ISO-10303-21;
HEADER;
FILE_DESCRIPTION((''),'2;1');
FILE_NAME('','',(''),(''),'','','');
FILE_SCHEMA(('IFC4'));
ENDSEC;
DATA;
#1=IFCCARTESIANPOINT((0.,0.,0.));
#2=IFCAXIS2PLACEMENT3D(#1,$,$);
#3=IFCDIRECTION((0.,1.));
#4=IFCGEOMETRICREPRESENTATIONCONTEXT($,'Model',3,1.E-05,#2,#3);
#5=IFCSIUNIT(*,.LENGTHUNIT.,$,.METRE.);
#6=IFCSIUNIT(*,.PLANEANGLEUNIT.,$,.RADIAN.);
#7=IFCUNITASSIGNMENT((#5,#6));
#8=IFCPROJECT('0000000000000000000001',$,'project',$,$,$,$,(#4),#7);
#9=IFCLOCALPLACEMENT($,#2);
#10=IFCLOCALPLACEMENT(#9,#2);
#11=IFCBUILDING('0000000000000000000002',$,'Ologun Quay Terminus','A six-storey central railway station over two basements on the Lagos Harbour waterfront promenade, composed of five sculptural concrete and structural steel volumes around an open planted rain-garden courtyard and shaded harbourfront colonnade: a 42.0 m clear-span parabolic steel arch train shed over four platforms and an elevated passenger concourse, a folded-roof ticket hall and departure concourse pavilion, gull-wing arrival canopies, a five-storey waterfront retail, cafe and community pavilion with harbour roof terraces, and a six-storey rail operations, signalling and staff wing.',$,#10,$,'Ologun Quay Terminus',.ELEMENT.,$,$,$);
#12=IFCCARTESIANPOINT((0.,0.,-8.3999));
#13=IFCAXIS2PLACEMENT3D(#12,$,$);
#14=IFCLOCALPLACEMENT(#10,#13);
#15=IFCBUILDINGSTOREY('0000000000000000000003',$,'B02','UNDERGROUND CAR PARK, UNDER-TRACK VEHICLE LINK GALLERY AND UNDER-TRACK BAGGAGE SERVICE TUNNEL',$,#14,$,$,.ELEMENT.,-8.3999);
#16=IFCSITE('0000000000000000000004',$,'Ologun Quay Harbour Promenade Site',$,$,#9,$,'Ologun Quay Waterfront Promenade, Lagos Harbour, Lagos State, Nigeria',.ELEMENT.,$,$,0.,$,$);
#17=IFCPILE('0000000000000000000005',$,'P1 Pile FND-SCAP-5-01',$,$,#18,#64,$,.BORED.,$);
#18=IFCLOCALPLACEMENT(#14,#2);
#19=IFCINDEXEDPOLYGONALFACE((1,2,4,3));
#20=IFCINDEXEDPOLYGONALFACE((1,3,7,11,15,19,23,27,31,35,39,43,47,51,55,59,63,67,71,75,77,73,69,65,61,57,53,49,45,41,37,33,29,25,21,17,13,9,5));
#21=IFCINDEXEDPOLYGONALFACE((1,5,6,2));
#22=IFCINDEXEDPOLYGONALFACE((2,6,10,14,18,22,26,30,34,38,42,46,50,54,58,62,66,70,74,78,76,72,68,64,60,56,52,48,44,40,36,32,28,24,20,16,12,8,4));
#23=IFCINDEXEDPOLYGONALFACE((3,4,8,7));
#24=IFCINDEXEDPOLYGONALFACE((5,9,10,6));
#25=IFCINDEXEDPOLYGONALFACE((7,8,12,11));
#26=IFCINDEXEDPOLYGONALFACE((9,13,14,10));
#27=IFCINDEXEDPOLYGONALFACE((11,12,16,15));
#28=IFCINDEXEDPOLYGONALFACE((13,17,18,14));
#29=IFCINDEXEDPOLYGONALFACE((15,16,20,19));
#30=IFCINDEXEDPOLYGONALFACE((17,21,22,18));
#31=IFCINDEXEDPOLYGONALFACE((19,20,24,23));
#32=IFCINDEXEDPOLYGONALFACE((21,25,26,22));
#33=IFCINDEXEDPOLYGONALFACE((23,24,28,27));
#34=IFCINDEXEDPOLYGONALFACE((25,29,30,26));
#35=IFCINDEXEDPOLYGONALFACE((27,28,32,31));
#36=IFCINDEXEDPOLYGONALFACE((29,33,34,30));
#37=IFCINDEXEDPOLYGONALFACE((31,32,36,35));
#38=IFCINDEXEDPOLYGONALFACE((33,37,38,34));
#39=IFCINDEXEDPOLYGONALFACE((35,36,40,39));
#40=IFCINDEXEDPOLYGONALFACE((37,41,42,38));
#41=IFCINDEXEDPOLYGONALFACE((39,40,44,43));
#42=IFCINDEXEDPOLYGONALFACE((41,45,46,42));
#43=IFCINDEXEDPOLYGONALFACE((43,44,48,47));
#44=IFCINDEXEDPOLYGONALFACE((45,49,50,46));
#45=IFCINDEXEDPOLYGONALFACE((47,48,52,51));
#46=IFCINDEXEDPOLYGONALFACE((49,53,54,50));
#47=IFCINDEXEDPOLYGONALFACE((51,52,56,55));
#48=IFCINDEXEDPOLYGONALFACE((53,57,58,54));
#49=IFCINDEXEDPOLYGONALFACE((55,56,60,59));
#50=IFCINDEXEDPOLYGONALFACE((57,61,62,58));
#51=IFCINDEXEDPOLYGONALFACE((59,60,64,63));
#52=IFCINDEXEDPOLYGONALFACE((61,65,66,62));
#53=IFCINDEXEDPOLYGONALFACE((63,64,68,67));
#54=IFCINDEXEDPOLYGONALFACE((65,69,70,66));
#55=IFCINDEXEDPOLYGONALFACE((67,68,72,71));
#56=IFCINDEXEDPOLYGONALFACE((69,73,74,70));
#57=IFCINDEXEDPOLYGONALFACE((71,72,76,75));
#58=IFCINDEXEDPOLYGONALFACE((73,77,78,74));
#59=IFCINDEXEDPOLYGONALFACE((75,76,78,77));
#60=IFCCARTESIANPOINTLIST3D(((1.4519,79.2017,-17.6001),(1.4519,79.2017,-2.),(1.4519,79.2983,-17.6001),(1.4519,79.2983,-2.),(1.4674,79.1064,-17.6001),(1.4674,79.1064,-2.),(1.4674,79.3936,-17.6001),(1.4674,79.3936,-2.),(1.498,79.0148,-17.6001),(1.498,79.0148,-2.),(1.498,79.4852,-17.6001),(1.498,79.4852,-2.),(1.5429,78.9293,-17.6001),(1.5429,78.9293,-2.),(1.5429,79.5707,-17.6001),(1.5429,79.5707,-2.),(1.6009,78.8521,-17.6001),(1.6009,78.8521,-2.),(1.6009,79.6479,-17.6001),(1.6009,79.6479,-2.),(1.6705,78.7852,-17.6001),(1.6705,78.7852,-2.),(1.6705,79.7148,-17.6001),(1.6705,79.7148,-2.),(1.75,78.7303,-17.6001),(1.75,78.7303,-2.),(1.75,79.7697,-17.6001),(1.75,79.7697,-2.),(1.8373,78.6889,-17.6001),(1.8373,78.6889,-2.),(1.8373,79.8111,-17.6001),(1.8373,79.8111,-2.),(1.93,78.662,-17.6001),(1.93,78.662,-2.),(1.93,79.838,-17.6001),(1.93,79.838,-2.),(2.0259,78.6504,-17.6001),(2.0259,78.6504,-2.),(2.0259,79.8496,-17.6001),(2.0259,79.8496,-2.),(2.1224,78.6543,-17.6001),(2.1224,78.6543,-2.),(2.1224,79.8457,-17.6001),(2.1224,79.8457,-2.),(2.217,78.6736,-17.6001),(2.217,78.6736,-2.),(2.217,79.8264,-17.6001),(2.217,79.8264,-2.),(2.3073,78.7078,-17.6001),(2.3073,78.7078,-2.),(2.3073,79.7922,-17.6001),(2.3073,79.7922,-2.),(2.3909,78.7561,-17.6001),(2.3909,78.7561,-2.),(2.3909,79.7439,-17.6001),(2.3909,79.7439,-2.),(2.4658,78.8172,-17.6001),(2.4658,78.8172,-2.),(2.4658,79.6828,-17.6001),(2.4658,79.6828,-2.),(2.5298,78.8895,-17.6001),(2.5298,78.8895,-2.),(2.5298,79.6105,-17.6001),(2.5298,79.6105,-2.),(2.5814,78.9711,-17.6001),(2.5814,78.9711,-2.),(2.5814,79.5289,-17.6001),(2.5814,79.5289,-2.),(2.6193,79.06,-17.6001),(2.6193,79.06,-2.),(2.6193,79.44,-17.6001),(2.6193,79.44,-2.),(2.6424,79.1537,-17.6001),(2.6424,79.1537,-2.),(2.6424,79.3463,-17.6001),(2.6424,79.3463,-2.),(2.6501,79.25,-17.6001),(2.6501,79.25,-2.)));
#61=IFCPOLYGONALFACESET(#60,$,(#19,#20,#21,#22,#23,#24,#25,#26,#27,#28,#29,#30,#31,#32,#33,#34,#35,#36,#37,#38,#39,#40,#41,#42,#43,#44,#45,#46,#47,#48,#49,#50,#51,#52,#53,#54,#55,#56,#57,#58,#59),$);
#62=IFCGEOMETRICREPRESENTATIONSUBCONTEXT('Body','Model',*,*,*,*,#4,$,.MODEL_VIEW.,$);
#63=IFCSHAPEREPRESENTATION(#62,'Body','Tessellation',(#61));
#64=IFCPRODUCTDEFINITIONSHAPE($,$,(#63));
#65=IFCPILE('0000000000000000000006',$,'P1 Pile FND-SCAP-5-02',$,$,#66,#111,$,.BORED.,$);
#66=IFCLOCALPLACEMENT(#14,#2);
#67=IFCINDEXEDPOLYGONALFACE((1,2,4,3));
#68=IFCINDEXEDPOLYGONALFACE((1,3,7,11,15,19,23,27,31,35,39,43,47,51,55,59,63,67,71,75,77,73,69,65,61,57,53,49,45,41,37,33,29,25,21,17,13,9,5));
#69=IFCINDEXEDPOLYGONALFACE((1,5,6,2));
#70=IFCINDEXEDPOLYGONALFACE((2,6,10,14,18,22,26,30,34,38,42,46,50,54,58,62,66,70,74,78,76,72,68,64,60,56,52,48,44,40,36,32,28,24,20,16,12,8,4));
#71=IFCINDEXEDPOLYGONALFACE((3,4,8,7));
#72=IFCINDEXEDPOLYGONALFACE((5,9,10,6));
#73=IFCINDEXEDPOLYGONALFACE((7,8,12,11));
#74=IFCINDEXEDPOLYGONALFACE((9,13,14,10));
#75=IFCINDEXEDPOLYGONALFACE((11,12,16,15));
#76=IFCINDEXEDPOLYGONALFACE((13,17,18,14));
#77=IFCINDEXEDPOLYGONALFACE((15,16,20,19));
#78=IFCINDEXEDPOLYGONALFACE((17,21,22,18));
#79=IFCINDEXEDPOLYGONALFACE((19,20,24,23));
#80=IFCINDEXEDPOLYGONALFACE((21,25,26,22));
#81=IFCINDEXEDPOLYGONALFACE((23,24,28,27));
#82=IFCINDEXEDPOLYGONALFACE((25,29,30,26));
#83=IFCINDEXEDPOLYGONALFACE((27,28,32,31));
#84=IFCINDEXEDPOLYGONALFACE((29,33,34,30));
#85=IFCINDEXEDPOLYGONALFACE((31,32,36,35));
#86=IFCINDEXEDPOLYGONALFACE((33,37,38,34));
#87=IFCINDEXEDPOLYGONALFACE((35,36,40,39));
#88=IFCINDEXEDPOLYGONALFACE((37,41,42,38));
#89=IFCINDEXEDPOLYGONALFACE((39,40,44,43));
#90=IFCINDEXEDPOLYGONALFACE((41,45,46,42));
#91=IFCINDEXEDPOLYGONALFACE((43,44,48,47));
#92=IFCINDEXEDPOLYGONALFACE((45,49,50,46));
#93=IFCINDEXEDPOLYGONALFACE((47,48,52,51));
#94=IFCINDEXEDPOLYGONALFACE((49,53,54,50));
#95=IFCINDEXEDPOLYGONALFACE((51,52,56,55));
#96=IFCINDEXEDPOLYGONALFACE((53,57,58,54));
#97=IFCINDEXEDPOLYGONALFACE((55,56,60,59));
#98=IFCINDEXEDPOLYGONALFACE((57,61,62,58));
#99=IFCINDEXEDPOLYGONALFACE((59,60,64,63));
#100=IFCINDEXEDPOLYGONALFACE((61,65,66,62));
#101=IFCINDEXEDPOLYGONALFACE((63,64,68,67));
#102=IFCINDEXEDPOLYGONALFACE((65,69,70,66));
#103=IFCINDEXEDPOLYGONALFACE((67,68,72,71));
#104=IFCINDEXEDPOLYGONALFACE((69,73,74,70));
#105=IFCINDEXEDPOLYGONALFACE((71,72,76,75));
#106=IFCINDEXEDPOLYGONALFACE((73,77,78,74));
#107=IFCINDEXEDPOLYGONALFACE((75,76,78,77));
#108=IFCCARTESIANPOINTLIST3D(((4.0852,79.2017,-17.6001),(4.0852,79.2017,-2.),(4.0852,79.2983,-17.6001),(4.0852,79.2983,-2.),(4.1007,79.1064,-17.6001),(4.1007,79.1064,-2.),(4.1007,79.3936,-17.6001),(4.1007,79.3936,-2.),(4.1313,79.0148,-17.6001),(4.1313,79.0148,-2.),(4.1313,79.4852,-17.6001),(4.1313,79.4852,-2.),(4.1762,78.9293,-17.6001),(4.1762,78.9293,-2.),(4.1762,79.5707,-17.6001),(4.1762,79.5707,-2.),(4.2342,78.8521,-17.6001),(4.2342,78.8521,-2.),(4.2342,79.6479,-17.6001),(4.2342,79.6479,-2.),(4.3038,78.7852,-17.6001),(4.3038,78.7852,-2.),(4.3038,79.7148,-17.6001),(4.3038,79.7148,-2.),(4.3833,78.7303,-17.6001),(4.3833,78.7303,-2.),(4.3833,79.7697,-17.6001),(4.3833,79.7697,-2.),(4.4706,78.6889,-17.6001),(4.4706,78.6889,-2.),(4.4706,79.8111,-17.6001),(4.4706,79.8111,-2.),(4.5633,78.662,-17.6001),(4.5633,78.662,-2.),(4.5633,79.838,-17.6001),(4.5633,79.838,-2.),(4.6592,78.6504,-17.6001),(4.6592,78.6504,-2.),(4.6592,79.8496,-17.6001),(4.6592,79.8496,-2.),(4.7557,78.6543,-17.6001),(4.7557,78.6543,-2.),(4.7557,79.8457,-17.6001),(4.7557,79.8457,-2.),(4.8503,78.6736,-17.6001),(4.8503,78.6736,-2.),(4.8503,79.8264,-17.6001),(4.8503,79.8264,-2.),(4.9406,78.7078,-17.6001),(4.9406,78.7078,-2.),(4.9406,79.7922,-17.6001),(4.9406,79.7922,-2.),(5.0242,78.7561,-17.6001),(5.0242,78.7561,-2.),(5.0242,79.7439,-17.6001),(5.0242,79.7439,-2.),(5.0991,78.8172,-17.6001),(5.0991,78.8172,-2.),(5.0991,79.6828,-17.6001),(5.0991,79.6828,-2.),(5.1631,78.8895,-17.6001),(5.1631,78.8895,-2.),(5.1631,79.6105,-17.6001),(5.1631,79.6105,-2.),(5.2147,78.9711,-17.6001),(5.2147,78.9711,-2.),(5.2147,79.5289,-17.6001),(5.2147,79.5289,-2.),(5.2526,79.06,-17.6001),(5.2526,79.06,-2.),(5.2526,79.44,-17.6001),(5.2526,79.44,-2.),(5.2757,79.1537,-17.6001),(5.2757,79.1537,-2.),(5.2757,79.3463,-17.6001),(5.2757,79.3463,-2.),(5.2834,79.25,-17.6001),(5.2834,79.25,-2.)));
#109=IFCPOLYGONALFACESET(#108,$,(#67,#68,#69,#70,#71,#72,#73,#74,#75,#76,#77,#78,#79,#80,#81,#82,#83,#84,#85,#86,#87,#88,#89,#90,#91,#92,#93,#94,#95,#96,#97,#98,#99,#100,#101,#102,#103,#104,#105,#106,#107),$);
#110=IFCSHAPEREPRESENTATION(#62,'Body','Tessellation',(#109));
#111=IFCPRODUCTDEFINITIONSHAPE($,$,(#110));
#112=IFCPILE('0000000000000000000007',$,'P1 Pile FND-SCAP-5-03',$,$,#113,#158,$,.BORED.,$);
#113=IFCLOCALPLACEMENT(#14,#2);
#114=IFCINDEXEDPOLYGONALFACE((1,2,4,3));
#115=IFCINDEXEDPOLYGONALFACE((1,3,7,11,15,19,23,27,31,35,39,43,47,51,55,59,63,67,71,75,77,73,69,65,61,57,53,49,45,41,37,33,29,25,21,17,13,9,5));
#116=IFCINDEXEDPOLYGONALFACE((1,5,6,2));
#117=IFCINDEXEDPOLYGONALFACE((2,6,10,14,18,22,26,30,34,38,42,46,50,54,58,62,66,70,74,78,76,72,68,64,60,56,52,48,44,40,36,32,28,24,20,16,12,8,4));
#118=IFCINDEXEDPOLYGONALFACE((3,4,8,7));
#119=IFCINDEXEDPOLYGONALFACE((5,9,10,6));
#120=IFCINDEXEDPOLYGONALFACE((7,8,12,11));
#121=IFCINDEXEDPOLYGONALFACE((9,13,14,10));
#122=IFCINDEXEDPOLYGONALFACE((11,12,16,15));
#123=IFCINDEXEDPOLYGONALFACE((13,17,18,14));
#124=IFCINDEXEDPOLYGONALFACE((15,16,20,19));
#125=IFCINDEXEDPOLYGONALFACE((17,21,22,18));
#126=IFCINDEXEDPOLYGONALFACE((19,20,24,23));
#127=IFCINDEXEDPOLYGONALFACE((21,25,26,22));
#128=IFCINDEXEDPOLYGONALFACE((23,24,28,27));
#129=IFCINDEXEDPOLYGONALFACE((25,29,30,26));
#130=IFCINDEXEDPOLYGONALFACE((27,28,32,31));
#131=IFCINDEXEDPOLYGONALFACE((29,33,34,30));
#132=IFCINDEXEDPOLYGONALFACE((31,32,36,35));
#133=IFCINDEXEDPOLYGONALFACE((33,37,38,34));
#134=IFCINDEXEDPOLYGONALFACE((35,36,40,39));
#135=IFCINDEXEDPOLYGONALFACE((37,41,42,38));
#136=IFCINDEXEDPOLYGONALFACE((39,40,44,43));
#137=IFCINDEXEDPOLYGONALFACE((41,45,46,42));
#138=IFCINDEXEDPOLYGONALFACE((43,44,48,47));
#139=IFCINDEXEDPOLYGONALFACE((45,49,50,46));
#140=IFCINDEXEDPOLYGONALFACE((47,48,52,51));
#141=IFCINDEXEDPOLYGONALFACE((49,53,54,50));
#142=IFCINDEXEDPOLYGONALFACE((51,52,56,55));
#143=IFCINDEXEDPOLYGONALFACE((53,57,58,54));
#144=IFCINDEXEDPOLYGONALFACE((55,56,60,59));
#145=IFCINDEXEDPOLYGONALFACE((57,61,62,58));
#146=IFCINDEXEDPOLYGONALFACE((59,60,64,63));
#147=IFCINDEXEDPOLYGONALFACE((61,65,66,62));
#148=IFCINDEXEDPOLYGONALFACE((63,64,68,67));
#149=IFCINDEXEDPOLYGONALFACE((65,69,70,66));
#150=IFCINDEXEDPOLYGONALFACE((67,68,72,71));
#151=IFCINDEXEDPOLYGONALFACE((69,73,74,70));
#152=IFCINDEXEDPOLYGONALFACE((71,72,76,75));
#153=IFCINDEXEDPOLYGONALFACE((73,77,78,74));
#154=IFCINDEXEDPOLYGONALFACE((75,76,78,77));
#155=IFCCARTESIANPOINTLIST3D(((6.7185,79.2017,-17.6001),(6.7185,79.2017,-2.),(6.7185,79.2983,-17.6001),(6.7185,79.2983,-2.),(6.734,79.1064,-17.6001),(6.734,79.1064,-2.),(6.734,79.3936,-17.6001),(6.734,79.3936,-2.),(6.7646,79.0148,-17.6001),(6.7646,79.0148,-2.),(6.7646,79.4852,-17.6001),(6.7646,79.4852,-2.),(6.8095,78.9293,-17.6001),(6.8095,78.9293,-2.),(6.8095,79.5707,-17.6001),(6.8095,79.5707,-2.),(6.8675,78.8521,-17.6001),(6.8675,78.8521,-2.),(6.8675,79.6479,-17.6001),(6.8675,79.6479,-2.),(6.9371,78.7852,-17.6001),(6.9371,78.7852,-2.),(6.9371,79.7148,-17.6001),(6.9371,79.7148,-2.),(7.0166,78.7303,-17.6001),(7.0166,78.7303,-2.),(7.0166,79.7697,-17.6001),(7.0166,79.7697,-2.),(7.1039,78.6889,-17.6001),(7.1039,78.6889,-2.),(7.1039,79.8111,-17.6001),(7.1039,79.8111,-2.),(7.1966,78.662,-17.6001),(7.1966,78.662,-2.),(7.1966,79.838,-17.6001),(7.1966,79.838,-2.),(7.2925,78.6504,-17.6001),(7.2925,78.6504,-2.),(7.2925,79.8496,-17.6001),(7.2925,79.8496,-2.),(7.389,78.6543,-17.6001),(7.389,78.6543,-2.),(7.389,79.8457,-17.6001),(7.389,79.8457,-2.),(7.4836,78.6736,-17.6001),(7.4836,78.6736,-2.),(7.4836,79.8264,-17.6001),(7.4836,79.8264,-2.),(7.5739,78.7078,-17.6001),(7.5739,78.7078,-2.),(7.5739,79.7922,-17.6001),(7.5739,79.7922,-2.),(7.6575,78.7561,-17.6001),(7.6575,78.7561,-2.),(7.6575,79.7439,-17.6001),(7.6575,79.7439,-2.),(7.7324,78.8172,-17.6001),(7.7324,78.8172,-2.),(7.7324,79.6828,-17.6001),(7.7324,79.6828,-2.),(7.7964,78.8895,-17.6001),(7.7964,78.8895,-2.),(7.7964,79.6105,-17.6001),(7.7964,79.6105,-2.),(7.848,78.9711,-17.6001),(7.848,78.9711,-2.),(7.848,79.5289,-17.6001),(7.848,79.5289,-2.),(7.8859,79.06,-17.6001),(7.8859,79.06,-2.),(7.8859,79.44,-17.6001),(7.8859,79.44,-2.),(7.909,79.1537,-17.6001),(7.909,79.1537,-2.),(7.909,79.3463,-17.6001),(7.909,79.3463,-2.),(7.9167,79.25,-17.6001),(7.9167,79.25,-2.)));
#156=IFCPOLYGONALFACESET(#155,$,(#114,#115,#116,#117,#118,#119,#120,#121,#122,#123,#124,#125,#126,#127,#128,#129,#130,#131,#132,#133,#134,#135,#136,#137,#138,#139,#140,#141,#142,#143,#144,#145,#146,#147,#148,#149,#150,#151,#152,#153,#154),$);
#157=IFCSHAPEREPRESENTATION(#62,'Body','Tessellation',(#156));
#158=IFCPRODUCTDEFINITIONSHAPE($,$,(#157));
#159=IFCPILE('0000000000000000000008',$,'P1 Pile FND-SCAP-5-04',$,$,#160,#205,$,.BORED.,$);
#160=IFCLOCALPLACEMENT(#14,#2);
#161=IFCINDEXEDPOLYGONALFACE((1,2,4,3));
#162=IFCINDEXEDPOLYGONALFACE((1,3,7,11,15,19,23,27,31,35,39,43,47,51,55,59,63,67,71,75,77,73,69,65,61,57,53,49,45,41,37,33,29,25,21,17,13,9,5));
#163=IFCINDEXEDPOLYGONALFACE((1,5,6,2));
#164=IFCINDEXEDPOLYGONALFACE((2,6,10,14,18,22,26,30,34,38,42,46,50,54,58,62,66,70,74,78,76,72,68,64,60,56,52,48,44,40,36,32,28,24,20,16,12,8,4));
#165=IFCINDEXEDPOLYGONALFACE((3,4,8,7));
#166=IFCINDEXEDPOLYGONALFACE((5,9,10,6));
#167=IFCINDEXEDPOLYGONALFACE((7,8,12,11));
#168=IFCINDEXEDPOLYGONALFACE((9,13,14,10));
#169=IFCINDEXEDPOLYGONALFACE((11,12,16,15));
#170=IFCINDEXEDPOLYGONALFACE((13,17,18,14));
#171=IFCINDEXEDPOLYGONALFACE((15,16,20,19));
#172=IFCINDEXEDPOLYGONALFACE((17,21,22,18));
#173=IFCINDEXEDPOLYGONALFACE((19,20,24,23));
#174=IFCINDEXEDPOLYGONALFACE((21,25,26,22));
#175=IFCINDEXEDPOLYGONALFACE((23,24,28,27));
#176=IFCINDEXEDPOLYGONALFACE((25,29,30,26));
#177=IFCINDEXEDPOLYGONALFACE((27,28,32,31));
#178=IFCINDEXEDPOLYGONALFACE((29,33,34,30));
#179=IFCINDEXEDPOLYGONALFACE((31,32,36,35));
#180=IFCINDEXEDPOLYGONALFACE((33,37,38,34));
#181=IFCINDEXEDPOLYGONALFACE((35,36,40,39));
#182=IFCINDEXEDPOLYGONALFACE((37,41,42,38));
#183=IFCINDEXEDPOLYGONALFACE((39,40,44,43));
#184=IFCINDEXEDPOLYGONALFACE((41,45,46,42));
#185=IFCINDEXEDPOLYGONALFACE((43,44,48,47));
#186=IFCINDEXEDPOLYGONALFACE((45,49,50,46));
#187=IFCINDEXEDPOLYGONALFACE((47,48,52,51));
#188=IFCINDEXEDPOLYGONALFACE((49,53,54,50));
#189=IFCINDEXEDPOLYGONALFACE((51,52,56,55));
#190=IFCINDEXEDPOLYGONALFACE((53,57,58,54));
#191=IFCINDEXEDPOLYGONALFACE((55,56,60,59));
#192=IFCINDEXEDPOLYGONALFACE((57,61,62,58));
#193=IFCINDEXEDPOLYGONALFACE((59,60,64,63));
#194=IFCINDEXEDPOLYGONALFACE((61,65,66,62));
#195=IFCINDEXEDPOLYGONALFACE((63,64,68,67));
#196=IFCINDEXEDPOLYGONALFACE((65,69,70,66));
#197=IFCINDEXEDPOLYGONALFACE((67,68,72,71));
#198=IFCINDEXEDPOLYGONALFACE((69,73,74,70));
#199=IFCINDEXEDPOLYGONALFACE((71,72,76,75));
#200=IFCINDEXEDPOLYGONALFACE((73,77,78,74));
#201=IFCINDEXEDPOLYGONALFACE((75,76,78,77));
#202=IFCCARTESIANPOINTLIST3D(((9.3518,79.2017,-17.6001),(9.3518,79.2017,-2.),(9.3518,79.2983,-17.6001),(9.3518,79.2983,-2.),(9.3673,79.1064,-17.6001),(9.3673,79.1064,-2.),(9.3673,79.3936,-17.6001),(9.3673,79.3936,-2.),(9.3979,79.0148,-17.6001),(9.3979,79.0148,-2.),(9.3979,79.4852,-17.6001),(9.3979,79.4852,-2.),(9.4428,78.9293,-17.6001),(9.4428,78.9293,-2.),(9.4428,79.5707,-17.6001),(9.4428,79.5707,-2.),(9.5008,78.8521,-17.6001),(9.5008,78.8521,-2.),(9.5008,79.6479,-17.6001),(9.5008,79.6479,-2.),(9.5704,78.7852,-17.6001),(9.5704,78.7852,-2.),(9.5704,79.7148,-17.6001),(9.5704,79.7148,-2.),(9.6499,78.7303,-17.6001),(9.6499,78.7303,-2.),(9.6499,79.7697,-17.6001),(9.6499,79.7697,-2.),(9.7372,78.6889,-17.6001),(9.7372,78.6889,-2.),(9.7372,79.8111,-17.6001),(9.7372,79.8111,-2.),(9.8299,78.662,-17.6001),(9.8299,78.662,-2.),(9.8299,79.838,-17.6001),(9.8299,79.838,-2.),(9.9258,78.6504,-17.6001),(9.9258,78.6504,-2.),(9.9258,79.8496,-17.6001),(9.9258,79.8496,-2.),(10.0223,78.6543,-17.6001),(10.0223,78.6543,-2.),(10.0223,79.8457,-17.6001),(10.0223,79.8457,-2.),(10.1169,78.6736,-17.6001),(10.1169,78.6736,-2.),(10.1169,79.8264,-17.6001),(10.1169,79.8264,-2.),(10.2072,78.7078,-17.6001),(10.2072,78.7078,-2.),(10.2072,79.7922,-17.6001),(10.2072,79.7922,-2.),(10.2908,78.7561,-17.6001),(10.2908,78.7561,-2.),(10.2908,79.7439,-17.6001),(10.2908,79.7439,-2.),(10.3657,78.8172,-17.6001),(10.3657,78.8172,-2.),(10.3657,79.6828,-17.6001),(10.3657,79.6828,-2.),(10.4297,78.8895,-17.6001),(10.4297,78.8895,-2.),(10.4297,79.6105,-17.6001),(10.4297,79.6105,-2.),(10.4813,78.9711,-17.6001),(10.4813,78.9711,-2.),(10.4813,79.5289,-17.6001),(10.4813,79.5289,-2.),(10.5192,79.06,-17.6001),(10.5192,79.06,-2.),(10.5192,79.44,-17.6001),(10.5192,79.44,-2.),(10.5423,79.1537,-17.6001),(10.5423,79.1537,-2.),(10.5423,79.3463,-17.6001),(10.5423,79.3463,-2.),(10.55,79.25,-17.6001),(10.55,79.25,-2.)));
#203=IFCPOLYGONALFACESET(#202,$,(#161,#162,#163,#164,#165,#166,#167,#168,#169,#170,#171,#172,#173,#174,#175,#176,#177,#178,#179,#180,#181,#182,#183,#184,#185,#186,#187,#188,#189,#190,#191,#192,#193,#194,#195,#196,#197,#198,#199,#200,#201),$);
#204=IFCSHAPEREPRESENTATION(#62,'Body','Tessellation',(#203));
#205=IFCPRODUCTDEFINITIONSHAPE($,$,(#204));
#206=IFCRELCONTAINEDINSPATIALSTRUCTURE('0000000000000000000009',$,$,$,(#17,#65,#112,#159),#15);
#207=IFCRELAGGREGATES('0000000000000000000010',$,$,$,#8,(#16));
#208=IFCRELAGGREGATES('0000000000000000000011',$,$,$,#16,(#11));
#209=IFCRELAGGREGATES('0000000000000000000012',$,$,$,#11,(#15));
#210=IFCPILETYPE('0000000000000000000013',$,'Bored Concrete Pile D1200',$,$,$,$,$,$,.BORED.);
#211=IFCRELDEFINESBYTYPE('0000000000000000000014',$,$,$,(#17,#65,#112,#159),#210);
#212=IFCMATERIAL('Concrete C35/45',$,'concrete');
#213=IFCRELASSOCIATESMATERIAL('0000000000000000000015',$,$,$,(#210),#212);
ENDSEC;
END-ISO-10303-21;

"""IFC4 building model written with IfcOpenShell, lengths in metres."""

from ifc_helpers import new_model, si_unit, direction, frame, origin, origin_2d, place, context, subcontext, project, spatial, circle, extrude, material, material_profile, profile_set, type_object, element, save


model = new_model("IFC4")

# Units and contexts
model_context = context("Model", 3, precision=1e-05, world=origin(), true_north=direction((0.0, 1.0)))
body_context = subcontext(model_context, "Body", "Model", "MODEL_VIEW")
ifc_project = project(units=[si_unit("LENGTHUNIT", "METRE"), si_unit("PLANEANGLEUNIT", "RADIAN")], contexts=[model_context])

# Site, building, storey
site_placement = place(None, origin())
site = spatial("IfcSite", under=ifc_project, at=site_placement, Name="Ologun Quay Harbour Promenade Site", LongName="Ologun Quay Waterfront Promenade, Lagos Harbour, Lagos State, Nigeria", CompositionType="ELEMENT", RefElevation=0.0)
building_placement = place(site_placement, origin())
building = spatial("IfcBuilding", under=site, at=building_placement, Name="Ologun Quay Terminus", Description="A six-storey central railway station over two basements on the Lagos Harbour waterfront promenade, composed of five sculptural concrete and structural steel volumes around an open planted rain-garden courtyard and shaded harbourfront colonnade: a 42.0 m clear-span parabolic steel arch train shed over four platforms and an elevated passenger concourse, a folded-roof ticket hall and departure concourse pavilion, gull-wing arrival canopies, a five-storey waterfront retail, cafe and community pavilion with harbour roof terraces, and a six-storey rail operations, signalling and staff wing.", LongName="Ologun Quay Terminus", CompositionType="ELEMENT")
storey_placement = place(building_placement, frame((0.0, 0.0, -8.3999)))
storey = spatial("IfcBuildingStorey", under=building, at=storey_placement, Name="B02", Description="UNDERGROUND CAR PARK, UNDER-TRACK VEHICLE LINK GALLERY AND UNDER-TRACK BAGGAGE SERVICE TUNNEL", CompositionType="ELEMENT", Elevation=-8.3999)

# Piles
ifc_material_1 = material(Name="Concrete C35/45", Category="concrete")
ifc_material_profile_1 = material_profile(ifc_material_1, circle(Radius=0.6001, at=origin_2d()), Name="PILE D1200")
ifc_profile_set_1 = profile_set([ifc_material_profile_1], Name="Concrete C35/45")
pile_type = type_object("IfcPileType", Name="Bored Concrete Pile D1200", PredefinedType="BORED", material=ifc_profile_set_1)
for number, where, z_axis, x_axis, name in (
    (1, (2.05, 79.25, -2.0), (0.0, 0.0, -1.0), (1.0, 0.0, 0.0), "P1 Pile FND-SCAP-5-01"),
    (2, (4.6833, 79.25, -2.0), (0.0, 0.0, -1.0), (1.0, 0.0, 0.0), "P1 Pile FND-SCAP-5-02"),
    (3, (7.3167, 79.25, -2.0), (0.0, 0.0, -1.0), (1.0, 0.0, 0.0), "P1 Pile FND-SCAP-5-03"),
    (4, (9.95, 79.25, -2.0), (0.0, 0.0, -1.0), (1.0, 0.0, 0.0), "P1 Pile FND-SCAP-5-04"),
):
    element("IfcPile", number, at=place(storey_placement, frame(where, z_axis=z_axis, x_axis=x_axis)), inside=storey, type_object=pile_type, Name=name, PredefinedType="BORED", context=body_context, shape_type="SweptSolid", body=[
        extrude(circle(Radius=0.6001, at=origin_2d()), origin(), (0.0, 0.0, 1.0), 15.6001),
    ])

save(model, "model.ifc")
